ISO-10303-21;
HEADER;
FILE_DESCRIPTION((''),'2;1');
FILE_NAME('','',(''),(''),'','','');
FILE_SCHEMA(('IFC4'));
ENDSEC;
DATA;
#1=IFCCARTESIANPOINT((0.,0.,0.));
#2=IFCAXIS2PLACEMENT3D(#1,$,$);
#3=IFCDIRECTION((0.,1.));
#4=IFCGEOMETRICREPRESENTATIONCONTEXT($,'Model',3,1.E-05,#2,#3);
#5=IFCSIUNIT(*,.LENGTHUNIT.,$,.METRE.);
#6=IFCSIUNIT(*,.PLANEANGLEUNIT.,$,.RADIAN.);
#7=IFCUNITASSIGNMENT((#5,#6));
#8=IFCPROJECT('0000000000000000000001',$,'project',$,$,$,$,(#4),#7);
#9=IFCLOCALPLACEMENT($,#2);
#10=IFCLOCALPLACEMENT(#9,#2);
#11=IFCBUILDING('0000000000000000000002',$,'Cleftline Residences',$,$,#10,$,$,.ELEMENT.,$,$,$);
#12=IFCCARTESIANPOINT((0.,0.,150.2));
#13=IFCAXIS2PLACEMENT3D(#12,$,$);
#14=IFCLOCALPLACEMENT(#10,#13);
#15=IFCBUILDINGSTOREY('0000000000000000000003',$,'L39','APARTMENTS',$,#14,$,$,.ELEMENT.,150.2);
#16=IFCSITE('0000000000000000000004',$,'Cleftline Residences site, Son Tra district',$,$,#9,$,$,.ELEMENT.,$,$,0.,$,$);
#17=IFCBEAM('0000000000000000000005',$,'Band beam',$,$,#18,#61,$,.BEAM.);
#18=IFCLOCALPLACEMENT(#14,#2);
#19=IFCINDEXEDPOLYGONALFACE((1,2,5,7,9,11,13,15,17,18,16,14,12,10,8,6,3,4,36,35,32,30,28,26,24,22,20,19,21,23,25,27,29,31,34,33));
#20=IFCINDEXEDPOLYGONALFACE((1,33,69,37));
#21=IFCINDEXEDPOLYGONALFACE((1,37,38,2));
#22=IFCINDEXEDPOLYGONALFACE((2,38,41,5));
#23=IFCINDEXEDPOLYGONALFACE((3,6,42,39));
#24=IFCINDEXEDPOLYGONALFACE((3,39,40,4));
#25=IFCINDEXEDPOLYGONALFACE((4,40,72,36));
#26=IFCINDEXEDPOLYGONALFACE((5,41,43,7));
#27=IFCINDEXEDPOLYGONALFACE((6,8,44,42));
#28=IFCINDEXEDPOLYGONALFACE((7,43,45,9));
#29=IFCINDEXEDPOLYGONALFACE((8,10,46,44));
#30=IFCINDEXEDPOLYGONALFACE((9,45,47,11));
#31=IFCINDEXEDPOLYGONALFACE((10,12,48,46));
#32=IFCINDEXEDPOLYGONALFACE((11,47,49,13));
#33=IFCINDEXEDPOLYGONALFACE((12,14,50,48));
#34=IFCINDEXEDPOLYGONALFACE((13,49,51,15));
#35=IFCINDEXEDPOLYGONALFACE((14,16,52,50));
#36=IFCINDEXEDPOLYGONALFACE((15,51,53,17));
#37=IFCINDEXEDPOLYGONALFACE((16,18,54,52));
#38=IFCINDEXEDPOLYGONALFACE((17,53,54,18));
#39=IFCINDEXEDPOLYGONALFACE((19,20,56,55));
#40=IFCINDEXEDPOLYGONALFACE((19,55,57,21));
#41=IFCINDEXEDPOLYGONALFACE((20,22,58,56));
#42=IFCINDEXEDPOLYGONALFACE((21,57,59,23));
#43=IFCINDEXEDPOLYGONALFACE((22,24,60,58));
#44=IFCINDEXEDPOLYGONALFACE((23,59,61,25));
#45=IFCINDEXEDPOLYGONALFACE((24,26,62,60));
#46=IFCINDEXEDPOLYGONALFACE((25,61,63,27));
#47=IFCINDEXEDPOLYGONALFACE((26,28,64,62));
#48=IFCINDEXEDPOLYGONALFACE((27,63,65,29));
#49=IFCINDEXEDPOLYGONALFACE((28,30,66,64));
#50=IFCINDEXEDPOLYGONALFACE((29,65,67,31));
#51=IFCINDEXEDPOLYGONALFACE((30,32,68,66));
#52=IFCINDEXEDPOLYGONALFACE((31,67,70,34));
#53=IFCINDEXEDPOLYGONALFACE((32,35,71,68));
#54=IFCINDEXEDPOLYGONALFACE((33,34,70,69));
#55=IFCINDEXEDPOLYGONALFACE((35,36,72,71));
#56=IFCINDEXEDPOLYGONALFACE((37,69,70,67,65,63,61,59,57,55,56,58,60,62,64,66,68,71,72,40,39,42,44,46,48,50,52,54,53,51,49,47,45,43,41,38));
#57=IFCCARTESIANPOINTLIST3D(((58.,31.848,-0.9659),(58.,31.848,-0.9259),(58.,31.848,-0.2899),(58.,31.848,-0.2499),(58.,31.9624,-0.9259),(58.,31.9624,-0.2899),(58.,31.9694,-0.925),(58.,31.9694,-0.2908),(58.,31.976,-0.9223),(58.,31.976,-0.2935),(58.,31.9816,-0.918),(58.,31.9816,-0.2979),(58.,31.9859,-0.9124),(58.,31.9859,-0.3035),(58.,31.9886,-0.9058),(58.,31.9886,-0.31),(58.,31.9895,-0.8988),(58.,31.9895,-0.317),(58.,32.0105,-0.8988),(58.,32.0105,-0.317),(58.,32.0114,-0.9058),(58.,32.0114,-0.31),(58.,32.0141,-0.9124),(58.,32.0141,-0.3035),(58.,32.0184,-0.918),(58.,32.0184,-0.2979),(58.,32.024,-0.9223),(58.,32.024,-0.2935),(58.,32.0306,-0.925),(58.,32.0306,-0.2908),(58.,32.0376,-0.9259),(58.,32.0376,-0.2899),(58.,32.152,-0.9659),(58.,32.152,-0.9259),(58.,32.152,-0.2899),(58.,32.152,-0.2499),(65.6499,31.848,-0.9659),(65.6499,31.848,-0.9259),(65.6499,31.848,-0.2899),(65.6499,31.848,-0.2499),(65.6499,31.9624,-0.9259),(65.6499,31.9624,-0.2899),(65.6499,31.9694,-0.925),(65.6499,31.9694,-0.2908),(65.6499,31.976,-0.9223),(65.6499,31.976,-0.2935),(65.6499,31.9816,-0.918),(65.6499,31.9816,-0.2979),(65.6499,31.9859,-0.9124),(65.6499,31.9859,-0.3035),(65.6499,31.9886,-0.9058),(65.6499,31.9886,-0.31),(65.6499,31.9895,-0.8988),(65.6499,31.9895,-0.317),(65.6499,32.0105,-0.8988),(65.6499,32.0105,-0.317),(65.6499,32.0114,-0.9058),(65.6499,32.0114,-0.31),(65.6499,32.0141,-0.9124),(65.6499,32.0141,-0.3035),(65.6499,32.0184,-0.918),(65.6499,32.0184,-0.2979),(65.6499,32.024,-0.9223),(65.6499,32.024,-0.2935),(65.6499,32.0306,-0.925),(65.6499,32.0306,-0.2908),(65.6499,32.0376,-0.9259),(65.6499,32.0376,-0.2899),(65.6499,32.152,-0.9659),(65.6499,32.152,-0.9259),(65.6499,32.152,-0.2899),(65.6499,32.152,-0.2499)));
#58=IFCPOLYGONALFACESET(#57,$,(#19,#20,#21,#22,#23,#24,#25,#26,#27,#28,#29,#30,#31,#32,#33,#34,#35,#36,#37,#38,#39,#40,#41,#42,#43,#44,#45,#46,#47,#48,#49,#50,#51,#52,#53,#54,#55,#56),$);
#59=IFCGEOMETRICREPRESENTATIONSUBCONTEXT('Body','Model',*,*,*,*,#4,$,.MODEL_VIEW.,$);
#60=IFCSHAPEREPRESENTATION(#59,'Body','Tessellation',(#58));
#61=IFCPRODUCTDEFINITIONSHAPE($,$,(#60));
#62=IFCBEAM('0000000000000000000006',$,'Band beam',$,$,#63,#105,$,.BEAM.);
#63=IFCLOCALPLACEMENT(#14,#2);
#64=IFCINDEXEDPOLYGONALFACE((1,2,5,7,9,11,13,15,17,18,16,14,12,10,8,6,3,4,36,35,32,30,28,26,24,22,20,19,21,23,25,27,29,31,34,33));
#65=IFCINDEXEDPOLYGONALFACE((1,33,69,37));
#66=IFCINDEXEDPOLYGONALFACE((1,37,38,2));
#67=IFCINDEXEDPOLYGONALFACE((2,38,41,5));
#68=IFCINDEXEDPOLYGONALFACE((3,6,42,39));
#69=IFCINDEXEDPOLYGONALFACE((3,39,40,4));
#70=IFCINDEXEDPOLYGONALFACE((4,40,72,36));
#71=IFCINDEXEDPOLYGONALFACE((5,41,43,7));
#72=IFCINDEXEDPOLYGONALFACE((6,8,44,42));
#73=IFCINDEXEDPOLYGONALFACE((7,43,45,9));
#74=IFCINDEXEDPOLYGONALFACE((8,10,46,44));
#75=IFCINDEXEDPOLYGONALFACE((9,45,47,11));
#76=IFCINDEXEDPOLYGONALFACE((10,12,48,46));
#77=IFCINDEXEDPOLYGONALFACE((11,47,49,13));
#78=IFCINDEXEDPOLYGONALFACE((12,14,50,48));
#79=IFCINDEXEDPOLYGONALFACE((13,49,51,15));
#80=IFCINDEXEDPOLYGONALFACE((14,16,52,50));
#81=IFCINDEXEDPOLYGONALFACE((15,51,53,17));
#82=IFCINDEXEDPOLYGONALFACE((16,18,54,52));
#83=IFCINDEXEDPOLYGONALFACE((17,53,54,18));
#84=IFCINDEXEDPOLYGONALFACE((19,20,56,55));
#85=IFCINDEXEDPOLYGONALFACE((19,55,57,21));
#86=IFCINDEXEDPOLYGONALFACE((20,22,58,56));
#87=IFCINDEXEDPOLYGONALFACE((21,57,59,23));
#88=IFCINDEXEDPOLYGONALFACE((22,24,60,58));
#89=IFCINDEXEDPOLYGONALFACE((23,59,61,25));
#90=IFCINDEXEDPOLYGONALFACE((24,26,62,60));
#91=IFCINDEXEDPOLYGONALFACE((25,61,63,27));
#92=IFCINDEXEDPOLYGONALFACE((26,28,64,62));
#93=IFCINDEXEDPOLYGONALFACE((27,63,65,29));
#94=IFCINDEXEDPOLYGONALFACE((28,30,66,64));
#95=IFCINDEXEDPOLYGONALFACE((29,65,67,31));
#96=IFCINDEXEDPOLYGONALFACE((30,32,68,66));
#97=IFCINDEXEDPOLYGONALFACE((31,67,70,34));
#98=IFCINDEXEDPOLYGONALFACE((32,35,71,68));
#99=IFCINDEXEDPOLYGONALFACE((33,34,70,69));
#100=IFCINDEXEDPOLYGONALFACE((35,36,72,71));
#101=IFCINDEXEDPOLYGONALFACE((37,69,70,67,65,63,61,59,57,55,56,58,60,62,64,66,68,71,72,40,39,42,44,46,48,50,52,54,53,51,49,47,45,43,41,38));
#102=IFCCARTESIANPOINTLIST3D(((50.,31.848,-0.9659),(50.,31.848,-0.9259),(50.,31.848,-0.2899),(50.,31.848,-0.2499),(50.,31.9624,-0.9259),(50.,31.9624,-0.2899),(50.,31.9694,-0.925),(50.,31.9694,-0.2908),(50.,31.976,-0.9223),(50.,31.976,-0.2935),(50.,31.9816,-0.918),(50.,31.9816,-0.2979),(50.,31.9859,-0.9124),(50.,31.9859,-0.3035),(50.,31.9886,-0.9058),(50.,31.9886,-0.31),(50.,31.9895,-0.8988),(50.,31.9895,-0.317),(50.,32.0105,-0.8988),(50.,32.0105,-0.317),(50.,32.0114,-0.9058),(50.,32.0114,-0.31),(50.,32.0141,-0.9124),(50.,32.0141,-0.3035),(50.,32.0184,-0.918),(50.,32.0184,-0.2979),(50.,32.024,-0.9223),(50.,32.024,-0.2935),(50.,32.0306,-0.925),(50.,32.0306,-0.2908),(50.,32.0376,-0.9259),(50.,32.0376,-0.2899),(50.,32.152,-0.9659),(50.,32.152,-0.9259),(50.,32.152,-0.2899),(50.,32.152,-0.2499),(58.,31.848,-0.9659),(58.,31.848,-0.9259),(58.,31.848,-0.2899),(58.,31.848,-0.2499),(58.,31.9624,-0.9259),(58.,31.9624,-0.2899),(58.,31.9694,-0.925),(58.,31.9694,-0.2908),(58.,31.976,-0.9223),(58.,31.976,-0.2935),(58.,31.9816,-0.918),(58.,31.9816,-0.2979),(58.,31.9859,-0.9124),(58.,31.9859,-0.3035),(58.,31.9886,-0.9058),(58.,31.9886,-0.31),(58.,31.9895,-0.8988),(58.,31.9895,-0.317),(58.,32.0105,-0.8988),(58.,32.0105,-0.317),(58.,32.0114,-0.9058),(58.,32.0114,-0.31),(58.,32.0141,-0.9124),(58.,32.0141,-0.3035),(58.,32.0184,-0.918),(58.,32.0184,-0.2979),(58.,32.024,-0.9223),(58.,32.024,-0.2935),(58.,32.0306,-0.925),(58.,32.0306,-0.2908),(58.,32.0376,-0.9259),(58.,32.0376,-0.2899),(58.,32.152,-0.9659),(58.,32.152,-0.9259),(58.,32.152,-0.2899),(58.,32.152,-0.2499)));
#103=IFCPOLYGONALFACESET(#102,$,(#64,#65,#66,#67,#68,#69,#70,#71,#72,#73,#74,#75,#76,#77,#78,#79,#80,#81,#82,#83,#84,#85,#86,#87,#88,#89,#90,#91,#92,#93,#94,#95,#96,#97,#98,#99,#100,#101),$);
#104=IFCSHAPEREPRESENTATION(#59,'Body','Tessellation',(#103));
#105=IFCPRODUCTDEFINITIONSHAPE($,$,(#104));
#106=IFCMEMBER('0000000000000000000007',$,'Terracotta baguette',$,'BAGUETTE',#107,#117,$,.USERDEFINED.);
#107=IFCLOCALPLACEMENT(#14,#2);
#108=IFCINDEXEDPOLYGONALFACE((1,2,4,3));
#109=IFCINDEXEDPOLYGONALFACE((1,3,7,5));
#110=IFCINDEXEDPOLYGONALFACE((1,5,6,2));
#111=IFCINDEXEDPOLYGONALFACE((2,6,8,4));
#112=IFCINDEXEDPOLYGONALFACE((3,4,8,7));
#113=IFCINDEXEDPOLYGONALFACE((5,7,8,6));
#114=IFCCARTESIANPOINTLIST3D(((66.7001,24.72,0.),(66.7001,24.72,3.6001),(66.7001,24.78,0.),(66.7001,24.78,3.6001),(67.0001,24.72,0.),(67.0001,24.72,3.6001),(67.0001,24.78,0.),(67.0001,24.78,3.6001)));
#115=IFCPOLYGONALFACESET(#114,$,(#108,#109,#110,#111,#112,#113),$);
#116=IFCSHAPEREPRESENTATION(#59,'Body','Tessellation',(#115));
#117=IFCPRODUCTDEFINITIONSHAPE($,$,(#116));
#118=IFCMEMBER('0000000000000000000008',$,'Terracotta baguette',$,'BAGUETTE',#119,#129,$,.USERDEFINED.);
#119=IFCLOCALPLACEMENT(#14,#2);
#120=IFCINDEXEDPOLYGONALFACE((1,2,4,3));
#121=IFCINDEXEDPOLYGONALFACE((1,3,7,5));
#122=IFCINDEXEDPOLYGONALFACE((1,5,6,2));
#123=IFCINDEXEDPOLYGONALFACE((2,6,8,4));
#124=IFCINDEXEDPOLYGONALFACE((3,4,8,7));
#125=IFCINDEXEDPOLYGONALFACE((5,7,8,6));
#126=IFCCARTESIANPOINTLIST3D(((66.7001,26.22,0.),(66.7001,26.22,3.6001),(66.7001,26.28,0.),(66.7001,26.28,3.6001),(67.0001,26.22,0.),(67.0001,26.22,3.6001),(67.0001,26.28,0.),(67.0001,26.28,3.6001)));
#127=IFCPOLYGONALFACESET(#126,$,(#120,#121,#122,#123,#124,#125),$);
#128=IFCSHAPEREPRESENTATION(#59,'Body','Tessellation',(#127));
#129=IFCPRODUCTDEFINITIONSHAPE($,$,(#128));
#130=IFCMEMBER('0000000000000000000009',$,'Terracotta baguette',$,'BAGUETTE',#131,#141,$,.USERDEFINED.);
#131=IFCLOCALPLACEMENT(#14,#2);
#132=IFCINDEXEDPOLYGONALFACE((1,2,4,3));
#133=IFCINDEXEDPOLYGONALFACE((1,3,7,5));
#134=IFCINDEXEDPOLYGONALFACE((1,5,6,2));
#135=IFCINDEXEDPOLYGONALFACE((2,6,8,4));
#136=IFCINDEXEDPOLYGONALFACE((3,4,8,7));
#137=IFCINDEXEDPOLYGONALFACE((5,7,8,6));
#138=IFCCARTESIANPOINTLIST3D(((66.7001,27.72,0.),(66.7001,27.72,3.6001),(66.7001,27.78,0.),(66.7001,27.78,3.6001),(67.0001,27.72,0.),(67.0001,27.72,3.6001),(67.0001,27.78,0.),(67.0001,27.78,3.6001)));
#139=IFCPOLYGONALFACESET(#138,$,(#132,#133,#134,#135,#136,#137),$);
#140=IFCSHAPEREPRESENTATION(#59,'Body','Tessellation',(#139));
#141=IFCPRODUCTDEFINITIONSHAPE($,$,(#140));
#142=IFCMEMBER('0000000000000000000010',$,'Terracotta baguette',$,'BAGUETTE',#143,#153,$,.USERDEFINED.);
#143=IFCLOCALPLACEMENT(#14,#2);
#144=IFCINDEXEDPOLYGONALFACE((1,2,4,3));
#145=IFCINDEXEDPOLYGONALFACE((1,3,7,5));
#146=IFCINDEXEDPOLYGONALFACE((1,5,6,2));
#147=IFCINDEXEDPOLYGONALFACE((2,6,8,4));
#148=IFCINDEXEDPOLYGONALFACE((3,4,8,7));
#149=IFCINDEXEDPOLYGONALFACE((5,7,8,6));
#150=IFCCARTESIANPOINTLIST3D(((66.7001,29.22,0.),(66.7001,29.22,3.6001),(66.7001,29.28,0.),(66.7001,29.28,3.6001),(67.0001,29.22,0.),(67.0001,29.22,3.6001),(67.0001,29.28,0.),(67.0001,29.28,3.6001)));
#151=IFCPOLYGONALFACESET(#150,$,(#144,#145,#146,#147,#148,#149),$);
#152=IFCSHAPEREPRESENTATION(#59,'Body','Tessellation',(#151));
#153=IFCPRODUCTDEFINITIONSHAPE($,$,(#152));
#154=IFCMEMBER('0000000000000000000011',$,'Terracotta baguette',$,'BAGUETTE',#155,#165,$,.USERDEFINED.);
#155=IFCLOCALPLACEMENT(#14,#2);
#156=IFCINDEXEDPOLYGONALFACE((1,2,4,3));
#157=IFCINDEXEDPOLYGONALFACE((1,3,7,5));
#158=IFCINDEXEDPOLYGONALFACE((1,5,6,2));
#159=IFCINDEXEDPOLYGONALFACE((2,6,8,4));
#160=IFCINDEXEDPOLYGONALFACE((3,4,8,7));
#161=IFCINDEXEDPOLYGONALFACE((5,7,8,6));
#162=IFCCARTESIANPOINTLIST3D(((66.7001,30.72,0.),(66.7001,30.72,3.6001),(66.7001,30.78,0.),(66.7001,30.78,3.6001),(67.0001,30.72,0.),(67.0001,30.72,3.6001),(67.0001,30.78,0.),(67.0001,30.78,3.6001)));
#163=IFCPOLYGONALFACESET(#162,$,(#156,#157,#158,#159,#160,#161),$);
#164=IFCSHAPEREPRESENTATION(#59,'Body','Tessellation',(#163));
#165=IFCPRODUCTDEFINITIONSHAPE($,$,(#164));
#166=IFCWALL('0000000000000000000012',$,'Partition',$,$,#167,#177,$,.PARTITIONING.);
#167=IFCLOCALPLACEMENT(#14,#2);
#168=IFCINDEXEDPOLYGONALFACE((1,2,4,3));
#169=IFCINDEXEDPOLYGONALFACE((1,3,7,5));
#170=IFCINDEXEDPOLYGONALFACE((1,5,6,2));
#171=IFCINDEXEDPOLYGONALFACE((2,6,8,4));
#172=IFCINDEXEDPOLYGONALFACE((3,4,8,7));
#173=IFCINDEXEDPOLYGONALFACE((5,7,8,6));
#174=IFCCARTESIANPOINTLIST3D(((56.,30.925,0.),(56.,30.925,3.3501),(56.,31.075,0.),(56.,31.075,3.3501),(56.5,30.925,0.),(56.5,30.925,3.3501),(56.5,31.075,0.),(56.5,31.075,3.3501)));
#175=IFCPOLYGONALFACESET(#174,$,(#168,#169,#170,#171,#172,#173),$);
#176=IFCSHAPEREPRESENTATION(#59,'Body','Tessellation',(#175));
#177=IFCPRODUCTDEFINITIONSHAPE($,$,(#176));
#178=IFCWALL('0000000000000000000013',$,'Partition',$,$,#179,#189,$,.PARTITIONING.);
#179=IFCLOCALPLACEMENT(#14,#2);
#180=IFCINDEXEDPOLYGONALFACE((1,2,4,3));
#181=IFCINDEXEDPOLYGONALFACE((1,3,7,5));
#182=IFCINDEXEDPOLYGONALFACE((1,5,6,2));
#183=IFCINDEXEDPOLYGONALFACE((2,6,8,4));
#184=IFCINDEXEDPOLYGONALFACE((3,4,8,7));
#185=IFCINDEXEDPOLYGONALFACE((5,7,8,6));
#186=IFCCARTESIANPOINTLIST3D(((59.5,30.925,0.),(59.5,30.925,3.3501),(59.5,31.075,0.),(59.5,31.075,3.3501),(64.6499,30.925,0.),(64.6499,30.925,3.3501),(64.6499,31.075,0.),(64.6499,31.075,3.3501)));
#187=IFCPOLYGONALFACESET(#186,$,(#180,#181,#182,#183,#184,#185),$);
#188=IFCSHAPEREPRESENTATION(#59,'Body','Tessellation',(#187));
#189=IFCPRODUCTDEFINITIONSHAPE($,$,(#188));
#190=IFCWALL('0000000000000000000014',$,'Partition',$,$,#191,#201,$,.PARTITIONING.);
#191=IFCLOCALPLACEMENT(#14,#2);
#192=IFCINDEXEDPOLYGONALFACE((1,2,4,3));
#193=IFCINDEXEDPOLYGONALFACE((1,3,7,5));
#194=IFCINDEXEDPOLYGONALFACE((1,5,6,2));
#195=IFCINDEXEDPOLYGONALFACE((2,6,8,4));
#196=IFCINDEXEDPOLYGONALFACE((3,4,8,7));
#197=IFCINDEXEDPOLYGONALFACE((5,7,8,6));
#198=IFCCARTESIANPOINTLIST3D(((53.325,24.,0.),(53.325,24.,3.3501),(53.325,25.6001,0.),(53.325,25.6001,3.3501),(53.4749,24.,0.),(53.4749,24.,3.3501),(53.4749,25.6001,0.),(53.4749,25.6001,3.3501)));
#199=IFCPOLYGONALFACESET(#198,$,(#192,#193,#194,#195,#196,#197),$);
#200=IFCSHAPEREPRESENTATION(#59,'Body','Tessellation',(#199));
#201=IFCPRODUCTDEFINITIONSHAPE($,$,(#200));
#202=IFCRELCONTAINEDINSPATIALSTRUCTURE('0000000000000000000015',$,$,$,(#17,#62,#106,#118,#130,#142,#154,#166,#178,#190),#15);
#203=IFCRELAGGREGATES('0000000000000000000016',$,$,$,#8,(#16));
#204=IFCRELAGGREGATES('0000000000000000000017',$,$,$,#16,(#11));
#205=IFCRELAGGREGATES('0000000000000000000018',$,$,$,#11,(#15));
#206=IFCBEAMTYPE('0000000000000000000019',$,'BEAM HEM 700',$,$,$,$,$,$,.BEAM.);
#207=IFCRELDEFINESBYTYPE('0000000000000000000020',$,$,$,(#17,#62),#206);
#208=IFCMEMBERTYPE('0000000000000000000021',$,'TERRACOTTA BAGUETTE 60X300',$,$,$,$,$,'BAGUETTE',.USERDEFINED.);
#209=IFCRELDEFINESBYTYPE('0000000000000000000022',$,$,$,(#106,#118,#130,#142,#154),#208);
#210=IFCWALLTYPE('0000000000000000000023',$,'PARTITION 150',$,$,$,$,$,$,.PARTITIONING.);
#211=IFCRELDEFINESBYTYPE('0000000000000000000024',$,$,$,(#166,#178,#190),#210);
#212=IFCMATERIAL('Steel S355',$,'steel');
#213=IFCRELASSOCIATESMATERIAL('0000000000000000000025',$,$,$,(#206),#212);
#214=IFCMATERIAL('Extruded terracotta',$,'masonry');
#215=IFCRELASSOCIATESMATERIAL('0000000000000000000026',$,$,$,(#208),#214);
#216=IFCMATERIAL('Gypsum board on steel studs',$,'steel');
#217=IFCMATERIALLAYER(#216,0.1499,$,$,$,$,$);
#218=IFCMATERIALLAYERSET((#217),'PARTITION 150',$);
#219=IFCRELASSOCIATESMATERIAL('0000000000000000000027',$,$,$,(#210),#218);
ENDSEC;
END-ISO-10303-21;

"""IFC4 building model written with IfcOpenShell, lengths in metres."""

from ifc_helpers import new_model, si_unit, direction, frame, frame_2d, origin, origin_2d, place, context, subcontext, project, spatial, rectangle, i_section, extrude, material, layer, layer_set, material_profile, profile_set, type_object, element, save


model = new_model("IFC4")

# Units and contexts
model_context = context("Model", 3, precision=1e-05, world=origin(), true_north=direction((0.0, 1.0)))
body_context = subcontext(model_context, "Body", "Model", "MODEL_VIEW")
ifc_project = project(units=[si_unit("LENGTHUNIT", "METRE"), si_unit("PLANEANGLEUNIT", "RADIAN")], contexts=[model_context])

# Site, building, storey
site_placement = place(None, origin())
site = spatial("IfcSite", under=ifc_project, at=site_placement, Name="Cleftline Residences site, Son Tra district", CompositionType="ELEMENT", RefElevation=0.0)
building_placement = place(site_placement, origin())
building = spatial("IfcBuilding", under=site, at=building_placement, Name="Cleftline Residences", CompositionType="ELEMENT")
storey_placement = place(building_placement, frame((0.0, 0.0, 150.2)))
storey = spatial("IfcBuildingStorey", under=building, at=storey_placement, Name="L39", Description="APARTMENTS", CompositionType="ELEMENT", Elevation=150.2)

# Beams
ifc_material_1 = material(Name="Steel S355", Category="steel")
ifc_material_profile_1 = material_profile(ifc_material_1, i_section(OverallWidth=0.304, OverallDepth=0.7161, WebThickness=0.021, FlangeThickness=0.04, FilletRadius=0.0271, at=origin_2d()))
ifc_profile_set_1 = profile_set([ifc_material_profile_1], Name="Steel S355")
beam_type_1 = type_object("IfcBeamType", Name="BEAM HEM 700", PredefinedType="BEAM", material=ifc_profile_set_1)
beam_1_placement = place(storey_placement, frame((65.6499, 32.0, -0.6079), z_axis=(-1.0, 0.0, 0.0), x_axis=(0.0, -1.0, 0.0)))
element("IfcBeam", 1, at=beam_1_placement, inside=storey, type_object=beam_type_1, Name="Band beam", PredefinedType="BEAM", context=body_context, shape_type="SweptSolid", body=[
    extrude(i_section(OverallWidth=0.304, OverallDepth=0.7161, WebThickness=0.021, FlangeThickness=0.04, FilletRadius=0.0271, at=origin_2d()), origin(), (0.0, 0.0, 1.0), 7.6499),
])
beam_2_placement = place(storey_placement, frame((58.0, 32.0, -0.6079), z_axis=(-1.0, 0.0, 0.0), x_axis=(0.0, -1.0, 0.0)))
element("IfcBeam", 2, at=beam_2_placement, inside=storey, type_object=beam_type_1, Name="Band beam", PredefinedType="BEAM", context=body_context, shape_type="SweptSolid", body=[
    extrude(i_section(OverallWidth=0.304, OverallDepth=0.7161, WebThickness=0.021, FlangeThickness=0.04, FilletRadius=0.0271, at=origin_2d()), origin(), (0.0, 0.0, 1.0), 8.0),
])

# Members
ifc_material_2 = material(Name="Extruded terracotta", Category="masonry")
ifc_material_profile_2 = material_profile(ifc_material_2, rectangle(XDim=0.0601, YDim=0.3, at=origin_2d()))
ifc_profile_set_2 = profile_set([ifc_material_profile_2], Name="Extruded terracotta")
member_type_1 = type_object("IfcMemberType", Name="TERRACOTTA BAGUETTE 60X300", ElementType="BAGUETTE", PredefinedType="USERDEFINED", material=ifc_profile_set_2)
for number, where, z_axis, x_axis, name in (
    (3, (66.8501, 24.75, 0.0), (0.0, 0.0, 1.0), (0.0, 1.0, 0.0), "Terracotta baguette"),
    (4, (66.8501, 26.25, 0.0), (0.0, 0.0, 1.0), (0.0, 1.0, 0.0), "Terracotta baguette"),
    (5, (66.8501, 27.75, 0.0), (0.0, 0.0, 1.0), (0.0, 1.0, 0.0), "Terracotta baguette"),
    (6, (66.8501, 29.25, 0.0), (0.0, 0.0, 1.0), (0.0, 1.0, 0.0), "Terracotta baguette"),
    (7, (66.8501, 30.75, 0.0), (0.0, 0.0, 1.0), (0.0, 1.0, 0.0), "Terracotta baguette"),
):
    element("IfcMember", number, at=place(storey_placement, frame(where, z_axis=z_axis, x_axis=x_axis)), inside=storey, type_object=member_type_1, Name=name, ObjectType="BAGUETTE", PredefinedType="USERDEFINED", context=body_context, shape_type="SweptSolid", body=[
        extrude(rectangle(XDim=0.0601, YDim=0.3, at=origin_2d()), origin(), (0.0, 0.0, 1.0), 3.6001),
    ])

# Walls
ifc_material_3 = material(Name="Gypsum board on steel studs", Category="steel")
ifc_layer_1 = layer(ifc_material_3, 0.1499)
ifc_layer_set_1 = layer_set([ifc_layer_1], Name="PARTITION 150")
wall_type_1 = type_object("IfcWallType", Name="PARTITION 150", PredefinedType="PARTITIONING", material=ifc_layer_set_1)
wall_1_placement = place(storey_placement, frame((56.0, 31.0, 0.0), z_axis=(0.0, 0.0, 1.0), x_axis=(1.0, 0.0, 0.0)))
element("IfcWall", 8, at=wall_1_placement, inside=storey, type_object=wall_type_1, Name="Partition", PredefinedType="PARTITIONING", context=body_context, shape_type="SweptSolid", body=[
    extrude(rectangle(XDim=0.5, YDim=0.1499, at=frame_2d((0.25, 0.0))), origin(), (0.0, 0.0, 1.0), 3.3501),
])
wall_2_placement = place(storey_placement, frame((59.5, 31.0, 0.0), z_axis=(0.0, 0.0, 1.0), x_axis=(1.0, 0.0, 0.0)))
element("IfcWall", 9, at=wall_2_placement, inside=storey, type_object=wall_type_1, Name="Partition", PredefinedType="PARTITIONING", context=body_context, shape_type="SweptSolid", body=[
    extrude(rectangle(XDim=5.1499, YDim=0.1499, at=frame_2d((2.575, 0.0))), origin(), (0.0, 0.0, 1.0), 3.3501),
])
wall_3_placement = place(storey_placement, frame((53.3999, 24.0, 0.0), z_axis=(0.0, 0.0, 1.0), x_axis=(0.0, 1.0, 0.0)))
element("IfcWall", 10, at=wall_3_placement, inside=storey, type_object=wall_type_1, Name="Partition", PredefinedType="PARTITIONING", context=body_context, shape_type="SweptSolid", body=[
    extrude(rectangle(XDim=1.6001, YDim=0.1499, at=frame_2d((0.8, 0.0))), origin(), (0.0, 0.0, 1.0), 3.3501),
])

save(model, "model.ifc")
